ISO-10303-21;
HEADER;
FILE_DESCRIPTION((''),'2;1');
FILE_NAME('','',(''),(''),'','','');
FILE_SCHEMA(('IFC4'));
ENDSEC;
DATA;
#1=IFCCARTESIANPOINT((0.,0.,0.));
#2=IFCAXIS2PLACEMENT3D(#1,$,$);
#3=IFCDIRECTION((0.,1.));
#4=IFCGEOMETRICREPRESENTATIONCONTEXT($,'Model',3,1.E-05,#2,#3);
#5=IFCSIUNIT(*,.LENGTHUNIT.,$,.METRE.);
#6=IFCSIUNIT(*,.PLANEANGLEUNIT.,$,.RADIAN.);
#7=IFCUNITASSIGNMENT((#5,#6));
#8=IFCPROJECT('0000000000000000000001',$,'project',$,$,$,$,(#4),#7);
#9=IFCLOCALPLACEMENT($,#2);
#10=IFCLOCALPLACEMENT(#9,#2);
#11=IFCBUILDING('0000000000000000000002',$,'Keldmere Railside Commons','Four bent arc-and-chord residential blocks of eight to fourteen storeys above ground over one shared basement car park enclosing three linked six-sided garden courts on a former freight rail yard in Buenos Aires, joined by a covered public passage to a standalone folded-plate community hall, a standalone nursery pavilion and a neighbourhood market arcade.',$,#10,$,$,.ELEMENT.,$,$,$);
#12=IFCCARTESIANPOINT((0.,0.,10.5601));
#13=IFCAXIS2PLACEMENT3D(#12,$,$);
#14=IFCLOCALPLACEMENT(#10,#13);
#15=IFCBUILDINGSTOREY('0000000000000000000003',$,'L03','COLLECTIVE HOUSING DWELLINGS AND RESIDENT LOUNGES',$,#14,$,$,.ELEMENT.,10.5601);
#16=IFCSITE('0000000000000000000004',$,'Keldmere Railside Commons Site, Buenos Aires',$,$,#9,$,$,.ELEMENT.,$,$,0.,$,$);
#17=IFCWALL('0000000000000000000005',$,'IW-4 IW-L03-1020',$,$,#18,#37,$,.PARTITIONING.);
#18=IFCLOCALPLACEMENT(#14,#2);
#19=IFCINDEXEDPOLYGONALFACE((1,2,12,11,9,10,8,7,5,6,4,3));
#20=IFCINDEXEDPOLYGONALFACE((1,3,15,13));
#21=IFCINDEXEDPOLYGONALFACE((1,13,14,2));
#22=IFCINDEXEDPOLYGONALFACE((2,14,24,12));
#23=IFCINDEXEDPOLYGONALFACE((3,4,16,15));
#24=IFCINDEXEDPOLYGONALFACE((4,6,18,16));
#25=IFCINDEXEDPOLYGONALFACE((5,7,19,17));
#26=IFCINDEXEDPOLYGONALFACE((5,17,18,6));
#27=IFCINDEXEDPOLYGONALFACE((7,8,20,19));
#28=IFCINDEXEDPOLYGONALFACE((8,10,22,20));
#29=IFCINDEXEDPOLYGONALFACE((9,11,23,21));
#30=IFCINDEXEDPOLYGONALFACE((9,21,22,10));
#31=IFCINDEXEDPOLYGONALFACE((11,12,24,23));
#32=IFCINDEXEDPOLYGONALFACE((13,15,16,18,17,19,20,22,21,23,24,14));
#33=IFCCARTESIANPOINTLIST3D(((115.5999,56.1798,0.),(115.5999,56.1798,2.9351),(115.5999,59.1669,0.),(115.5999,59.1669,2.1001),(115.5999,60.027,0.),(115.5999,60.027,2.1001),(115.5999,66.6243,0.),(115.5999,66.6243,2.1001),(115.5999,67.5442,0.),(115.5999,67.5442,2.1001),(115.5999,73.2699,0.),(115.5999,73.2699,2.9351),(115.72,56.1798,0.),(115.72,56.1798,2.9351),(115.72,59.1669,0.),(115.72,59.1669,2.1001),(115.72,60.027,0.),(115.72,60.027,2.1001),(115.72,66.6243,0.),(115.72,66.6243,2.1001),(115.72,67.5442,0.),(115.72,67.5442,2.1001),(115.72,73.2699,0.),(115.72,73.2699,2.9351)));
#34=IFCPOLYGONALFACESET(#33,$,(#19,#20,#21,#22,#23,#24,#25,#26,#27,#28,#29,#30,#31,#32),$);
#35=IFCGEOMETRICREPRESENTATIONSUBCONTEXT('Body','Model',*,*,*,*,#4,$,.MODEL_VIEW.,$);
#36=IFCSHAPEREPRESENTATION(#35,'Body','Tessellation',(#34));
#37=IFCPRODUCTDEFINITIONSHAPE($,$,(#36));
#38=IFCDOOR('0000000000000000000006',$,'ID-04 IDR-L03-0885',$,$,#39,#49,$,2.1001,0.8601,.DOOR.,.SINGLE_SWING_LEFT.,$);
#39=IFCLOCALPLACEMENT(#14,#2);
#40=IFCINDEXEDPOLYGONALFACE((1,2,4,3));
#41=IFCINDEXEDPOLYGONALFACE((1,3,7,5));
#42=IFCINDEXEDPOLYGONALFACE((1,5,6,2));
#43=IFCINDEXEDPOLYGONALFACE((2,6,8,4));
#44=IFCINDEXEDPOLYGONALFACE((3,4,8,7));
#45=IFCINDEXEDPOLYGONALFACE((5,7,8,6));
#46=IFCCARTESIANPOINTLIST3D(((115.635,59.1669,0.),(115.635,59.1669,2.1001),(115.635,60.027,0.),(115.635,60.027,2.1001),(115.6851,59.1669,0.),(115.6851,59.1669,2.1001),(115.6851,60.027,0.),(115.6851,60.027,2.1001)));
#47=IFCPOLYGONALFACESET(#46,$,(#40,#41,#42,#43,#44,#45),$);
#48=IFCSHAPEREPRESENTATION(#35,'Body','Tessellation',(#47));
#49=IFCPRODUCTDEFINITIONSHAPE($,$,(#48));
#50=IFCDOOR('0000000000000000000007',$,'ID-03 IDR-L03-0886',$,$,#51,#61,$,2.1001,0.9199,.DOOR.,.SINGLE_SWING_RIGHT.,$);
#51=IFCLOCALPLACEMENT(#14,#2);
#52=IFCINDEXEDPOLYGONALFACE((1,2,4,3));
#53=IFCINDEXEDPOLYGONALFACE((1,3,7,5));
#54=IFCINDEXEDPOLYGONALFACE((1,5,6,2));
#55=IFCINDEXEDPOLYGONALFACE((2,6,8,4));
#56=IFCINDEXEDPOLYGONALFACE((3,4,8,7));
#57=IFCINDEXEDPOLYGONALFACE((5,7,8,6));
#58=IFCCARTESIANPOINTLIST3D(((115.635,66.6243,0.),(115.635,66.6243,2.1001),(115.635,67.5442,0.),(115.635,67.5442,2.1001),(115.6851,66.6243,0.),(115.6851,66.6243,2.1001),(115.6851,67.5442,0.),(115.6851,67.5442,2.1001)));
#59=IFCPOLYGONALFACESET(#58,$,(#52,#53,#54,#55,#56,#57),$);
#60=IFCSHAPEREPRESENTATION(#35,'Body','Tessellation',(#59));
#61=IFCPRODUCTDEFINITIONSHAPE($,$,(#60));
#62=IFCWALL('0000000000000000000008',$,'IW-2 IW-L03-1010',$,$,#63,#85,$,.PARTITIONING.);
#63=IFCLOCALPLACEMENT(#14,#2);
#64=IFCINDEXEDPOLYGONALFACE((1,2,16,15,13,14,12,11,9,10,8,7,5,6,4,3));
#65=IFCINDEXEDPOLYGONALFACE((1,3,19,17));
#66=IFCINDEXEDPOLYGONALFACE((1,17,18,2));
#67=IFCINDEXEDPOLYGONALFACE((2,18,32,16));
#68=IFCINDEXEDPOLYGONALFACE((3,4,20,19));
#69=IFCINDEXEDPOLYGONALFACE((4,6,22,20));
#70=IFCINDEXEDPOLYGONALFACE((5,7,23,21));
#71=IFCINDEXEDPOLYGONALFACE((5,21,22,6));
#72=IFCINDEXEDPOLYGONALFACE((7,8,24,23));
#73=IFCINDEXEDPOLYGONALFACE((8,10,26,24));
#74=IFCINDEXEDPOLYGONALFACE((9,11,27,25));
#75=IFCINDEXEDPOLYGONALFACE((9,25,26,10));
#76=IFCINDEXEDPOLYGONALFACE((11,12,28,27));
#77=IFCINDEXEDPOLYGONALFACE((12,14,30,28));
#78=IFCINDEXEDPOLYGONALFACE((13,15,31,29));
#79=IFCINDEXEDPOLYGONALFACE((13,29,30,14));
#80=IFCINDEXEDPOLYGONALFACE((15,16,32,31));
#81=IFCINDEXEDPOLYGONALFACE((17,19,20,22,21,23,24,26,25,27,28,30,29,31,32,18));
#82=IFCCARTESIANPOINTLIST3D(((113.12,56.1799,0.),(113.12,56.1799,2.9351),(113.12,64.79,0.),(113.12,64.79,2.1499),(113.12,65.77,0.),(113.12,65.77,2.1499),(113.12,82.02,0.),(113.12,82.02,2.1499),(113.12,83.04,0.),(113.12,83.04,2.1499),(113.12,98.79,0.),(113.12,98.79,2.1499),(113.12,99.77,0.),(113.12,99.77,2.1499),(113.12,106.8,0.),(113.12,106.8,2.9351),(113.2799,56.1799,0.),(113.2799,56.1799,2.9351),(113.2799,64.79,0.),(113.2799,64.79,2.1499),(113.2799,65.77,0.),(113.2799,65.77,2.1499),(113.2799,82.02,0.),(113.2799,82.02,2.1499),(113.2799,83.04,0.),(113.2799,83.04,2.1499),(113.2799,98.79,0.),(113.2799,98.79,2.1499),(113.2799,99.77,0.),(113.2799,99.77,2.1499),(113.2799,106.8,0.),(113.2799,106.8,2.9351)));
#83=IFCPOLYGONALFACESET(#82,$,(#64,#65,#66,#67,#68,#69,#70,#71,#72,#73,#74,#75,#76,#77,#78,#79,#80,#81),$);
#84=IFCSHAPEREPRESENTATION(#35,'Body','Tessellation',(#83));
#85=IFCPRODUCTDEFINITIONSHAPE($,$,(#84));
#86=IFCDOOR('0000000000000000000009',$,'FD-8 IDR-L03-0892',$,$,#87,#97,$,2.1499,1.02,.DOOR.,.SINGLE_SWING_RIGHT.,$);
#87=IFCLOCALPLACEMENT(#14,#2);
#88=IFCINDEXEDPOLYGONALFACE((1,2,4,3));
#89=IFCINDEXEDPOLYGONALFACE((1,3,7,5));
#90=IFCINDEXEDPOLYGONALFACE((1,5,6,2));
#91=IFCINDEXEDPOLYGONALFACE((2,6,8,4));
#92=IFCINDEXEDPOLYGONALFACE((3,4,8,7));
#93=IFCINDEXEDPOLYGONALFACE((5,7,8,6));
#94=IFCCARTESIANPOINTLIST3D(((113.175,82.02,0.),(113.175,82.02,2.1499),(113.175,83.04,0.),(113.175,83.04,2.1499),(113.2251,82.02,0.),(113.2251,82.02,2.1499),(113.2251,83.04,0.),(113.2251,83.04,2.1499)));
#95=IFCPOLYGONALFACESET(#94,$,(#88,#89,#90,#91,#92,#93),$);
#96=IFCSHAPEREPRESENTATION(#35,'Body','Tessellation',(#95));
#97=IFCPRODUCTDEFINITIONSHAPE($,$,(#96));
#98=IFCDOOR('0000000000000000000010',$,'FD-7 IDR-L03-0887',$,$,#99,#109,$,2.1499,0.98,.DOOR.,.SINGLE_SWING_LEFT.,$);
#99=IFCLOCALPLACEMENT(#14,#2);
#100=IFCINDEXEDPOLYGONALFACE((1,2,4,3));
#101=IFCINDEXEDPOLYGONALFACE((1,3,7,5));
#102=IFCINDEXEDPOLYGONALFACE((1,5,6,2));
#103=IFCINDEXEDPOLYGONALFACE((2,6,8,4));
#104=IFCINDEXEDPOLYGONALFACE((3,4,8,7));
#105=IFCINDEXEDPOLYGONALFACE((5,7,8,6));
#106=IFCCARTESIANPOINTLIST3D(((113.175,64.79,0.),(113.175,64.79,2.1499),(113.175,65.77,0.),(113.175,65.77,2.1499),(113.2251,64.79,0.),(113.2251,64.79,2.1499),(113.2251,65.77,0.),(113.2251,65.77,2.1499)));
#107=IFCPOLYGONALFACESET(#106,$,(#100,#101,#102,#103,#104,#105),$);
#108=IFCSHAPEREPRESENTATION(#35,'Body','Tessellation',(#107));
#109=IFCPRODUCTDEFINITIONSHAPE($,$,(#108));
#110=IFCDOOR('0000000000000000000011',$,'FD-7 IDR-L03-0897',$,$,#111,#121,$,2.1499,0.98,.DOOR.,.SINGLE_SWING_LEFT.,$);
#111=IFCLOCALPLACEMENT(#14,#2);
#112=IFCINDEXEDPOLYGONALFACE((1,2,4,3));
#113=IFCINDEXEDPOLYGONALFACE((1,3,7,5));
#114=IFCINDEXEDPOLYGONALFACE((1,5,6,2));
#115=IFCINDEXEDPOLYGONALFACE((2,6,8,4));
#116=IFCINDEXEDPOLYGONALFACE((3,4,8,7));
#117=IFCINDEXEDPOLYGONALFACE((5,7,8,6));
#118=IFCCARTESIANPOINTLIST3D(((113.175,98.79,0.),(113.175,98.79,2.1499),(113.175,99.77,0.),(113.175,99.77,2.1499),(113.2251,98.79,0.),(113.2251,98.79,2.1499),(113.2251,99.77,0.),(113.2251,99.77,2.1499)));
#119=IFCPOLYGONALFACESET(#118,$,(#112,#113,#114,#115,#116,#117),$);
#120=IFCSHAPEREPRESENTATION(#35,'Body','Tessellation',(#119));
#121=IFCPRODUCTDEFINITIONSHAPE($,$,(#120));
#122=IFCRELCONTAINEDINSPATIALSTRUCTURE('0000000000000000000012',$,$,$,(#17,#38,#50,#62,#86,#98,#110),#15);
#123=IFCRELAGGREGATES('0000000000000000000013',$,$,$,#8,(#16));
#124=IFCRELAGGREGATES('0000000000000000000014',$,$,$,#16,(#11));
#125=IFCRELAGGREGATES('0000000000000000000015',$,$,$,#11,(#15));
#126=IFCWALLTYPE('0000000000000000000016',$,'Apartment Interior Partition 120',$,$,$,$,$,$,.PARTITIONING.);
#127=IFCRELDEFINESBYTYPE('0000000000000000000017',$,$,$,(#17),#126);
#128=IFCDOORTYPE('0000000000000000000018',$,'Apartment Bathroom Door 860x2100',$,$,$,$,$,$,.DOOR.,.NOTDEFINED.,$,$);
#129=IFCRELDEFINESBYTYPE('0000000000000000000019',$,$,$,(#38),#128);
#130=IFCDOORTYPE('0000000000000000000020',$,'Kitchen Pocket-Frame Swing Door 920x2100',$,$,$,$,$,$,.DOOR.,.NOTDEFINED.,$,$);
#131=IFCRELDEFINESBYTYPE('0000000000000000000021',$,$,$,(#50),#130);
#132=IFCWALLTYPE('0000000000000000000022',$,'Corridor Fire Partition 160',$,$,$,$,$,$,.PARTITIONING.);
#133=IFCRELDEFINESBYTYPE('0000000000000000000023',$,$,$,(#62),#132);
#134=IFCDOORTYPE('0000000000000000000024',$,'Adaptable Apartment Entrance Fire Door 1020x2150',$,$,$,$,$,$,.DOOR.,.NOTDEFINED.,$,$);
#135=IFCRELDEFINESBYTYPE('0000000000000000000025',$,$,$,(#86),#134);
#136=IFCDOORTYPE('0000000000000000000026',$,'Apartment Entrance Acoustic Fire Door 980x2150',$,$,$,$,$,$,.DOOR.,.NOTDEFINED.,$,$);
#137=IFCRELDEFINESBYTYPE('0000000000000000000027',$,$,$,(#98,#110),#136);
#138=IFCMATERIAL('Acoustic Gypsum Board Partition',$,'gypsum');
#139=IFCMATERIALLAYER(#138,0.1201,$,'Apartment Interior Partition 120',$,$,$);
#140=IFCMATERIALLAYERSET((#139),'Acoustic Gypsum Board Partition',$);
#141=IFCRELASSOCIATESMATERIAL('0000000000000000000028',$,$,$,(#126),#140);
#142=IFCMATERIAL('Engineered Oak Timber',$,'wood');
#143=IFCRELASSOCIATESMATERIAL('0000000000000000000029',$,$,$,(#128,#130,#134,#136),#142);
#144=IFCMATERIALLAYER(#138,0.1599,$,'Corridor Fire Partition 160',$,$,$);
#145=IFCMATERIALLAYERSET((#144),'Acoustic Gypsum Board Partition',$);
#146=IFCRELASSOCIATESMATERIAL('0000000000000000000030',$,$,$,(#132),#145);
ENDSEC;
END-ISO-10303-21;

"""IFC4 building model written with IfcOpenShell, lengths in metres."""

from ifc_helpers import new_model, si_unit, direction, frame, frame_2d, origin, place, context, subcontext, project, spatial, rectangle, extrude, material, layer, layer_set, type_object, element, fill, save


model = new_model("IFC4")

# Units and contexts
model_context = context("Model", 3, precision=1e-05, world=origin(), true_north=direction((0.0, 1.0)))
body_context = subcontext(model_context, "Body", "Model", "MODEL_VIEW")
ifc_project = project(units=[si_unit("LENGTHUNIT", "METRE"), si_unit("PLANEANGLEUNIT", "RADIAN")], contexts=[model_context])

# Site, building, storey
site_placement = place(None, origin())
site = spatial("IfcSite", under=ifc_project, at=site_placement, Name="Keldmere Railside Commons Site, Buenos Aires", CompositionType="ELEMENT", RefElevation=0.0)
building_placement = place(site_placement, origin())
building = spatial("IfcBuilding", under=site, at=building_placement, Name="Keldmere Railside Commons", Description="Four bent arc-and-chord residential blocks of eight to fourteen storeys above ground over one shared basement car park enclosing three linked six-sided garden courts on a former freight rail yard in Buenos Aires, joined by a covered public passage to a standalone folded-plate community hall, a standalone nursery pavilion and a neighbourhood market arcade.", CompositionType="ELEMENT")
storey_placement = place(building_placement, frame((0.0, 0.0, 10.5601)))
storey = spatial("IfcBuildingStorey", under=building, at=storey_placement, Name="L03", Description="COLLECTIVE HOUSING DWELLINGS AND RESIDENT LOUNGES", CompositionType="ELEMENT", Elevation=10.5601)

# Walls, openings, doors
ifc_material_1 = material(Name="Acoustic Gypsum Board Partition", Category="gypsum")
ifc_layer_1 = layer(ifc_material_1, 0.1201, Name="Apartment Interior Partition 120")
ifc_layer_set_1 = layer_set([ifc_layer_1], Name="Acoustic Gypsum Board Partition")
wall_type_1 = type_object("IfcWallType", Name="Apartment Interior Partition 120", PredefinedType="PARTITIONING", material=ifc_layer_set_1)
wall_1_placement = place(storey_placement, frame((115.6599, 56.1799, 0.0), z_axis=(0.0, 0.0, 1.0), x_axis=(0.0, 1.0, 0.0)))
wall_1 = element("IfcWall", 1, at=wall_1_placement, inside=storey, type_object=wall_type_1, Name="IW-4 IW-L03-1020", PredefinedType="PARTITIONING", context=body_context, shape_type="SweptSolid", body=[
    extrude(rectangle(XDim=17.0901, YDim=0.1201, at=frame_2d((8.5449, 0.0))), origin(), (0.0, 0.0, 1.0), 2.9351),
])
opening_1_placement = place(wall_1_placement, frame((2.9868, 0.0, 0.0)))
opening_1 = element("IfcOpeningElement", 2, at=opening_1_placement, cuts=wall_1, PredefinedType="OPENING", context=body_context, shape_type="SweptSolid", body=[
    extrude(rectangle(XDim=0.8601, YDim=2.1001, at=frame_2d((0.4302, 1.05))), frame((0.0, 0.0701, 0.0), z_axis=(0.0, -1.0, 0.0), x_axis=(1.0, 0.0, 0.0)), (0.0, 0.0, 1.0), 0.1401),
])
opening_2_placement = place(wall_1_placement, frame((10.4443, 0.0, 0.0)))
opening_2 = element("IfcOpeningElement", 3, at=opening_2_placement, cuts=wall_1, PredefinedType="OPENING", context=body_context, shape_type="SweptSolid", body=[
    extrude(rectangle(XDim=0.9199, YDim=2.1001, at=frame_2d((0.46, 1.05))), frame((0.0, 0.0701, 0.0), z_axis=(0.0, -1.0, 0.0), x_axis=(1.0, 0.0, 0.0)), (0.0, 0.0, 1.0), 0.1401),
])
ifc_material_2 = material(Name="Engineered Oak Timber", Category="wood")
door_type_1 = type_object("IfcDoorType", Name="Apartment Bathroom Door 860x2100", OperationType="NOTDEFINED", PredefinedType="DOOR", material=ifc_material_2)
door_1_placement = place(opening_1_placement, origin())
door_1 = element("IfcDoor", 4, at=door_1_placement, inside=storey, type_object=door_type_1, Name="ID-04 IDR-L03-0885", OperationType="SINGLE_SWING_LEFT", OverallHeight=2.1001, OverallWidth=0.8601, PredefinedType="DOOR", context=body_context, shape_type="SweptSolid", body=[
    extrude(rectangle(XDim=0.8601, YDim=2.1001, at=frame_2d((0.4302, 1.05))), frame((0.0, 0.0249, 0.0), z_axis=(0.0, -1.0, 0.0), x_axis=(1.0, 0.0, 0.0)), (0.0, 0.0, 1.0), 0.05),
])
fill(opening_1, door_1)
door_type_2 = type_object("IfcDoorType", Name="Kitchen Pocket-Frame Swing Door 920x2100", OperationType="NOTDEFINED", PredefinedType="DOOR", material=ifc_material_2)
door_2_placement = place(opening_2_placement, origin())
door_2 = element("IfcDoor", 5, at=door_2_placement, inside=storey, type_object=door_type_2, Name="ID-03 IDR-L03-0886", OperationType="SINGLE_SWING_RIGHT", OverallHeight=2.1001, OverallWidth=0.9199, PredefinedType="DOOR", context=body_context, shape_type="SweptSolid", body=[
    extrude(rectangle(XDim=0.9199, YDim=2.1001, at=frame_2d((0.46, 1.05))), frame((0.0, 0.0249, 0.0), z_axis=(0.0, -1.0, 0.0), x_axis=(1.0, 0.0, 0.0)), (0.0, 0.0, 1.0), 0.05),
])
fill(opening_2, door_2)
ifc_layer_2 = layer(ifc_material_1, 0.1599, Name="Corridor Fire Partition 160")
ifc_layer_set_2 = layer_set([ifc_layer_2], Name="Acoustic Gypsum Board Partition")
wall_type_2 = type_object("IfcWallType", Name="Corridor Fire Partition 160", PredefinedType="PARTITIONING", material=ifc_layer_set_2)
wall_2_placement = place(storey_placement, frame((113.2, 56.1799, 0.0), z_axis=(0.0, 0.0, 1.0), x_axis=(0.0, 1.0, 0.0)))
wall_2 = element("IfcWall", 6, at=wall_2_placement, inside=storey, type_object=wall_type_2, Name="IW-2 IW-L03-1010", PredefinedType="PARTITIONING", context=body_context, shape_type="SweptSolid", body=[
    extrude(rectangle(XDim=50.6201, YDim=0.1599, at=frame_2d((25.3101, 0.0))), origin(), (0.0, 0.0, 1.0), 2.9351),
])
opening_3_placement = place(wall_2_placement, frame((8.6101, 0.0, 0.0)))
opening_3 = element("IfcOpeningElement", 7, at=opening_3_placement, cuts=wall_2, PredefinedType="OPENING", context=body_context, shape_type="SweptSolid", body=[
    extrude(rectangle(XDim=0.98, YDim=2.1499, at=frame_2d((0.49, 1.075))), frame((0.0, 0.0898, 0.0), z_axis=(0.0, -1.0, 0.0), x_axis=(1.0, 0.0, 0.0)), (0.0, 0.0, 1.0), 0.1799),
])
opening_4_placement = place(wall_2_placement, frame((25.8401, 0.0, 0.0)))
opening_4 = element("IfcOpeningElement", 8, at=opening_4_placement, cuts=wall_2, PredefinedType="OPENING", context=body_context, shape_type="SweptSolid", body=[
    extrude(rectangle(XDim=1.02, YDim=2.1499, at=frame_2d((0.51, 1.075))), frame((0.0, 0.0898, 0.0), z_axis=(0.0, -1.0, 0.0), x_axis=(1.0, 0.0, 0.0)), (0.0, 0.0, 1.0), 0.1799),
])
opening_5_placement = place(wall_2_placement, frame((42.6101, 0.0, 0.0)))
opening_5 = element("IfcOpeningElement", 9, at=opening_5_placement, cuts=wall_2, PredefinedType="OPENING", context=body_context, shape_type="SweptSolid", body=[
    extrude(rectangle(XDim=0.98, YDim=2.1499, at=frame_2d((0.49, 1.075))), frame((0.0, 0.0898, 0.0), z_axis=(0.0, -1.0, 0.0), x_axis=(1.0, 0.0, 0.0)), (0.0, 0.0, 1.0), 0.1799),
])
door_type_3 = type_object("IfcDoorType", Name="Adaptable Apartment Entrance Fire Door 1020x2150", OperationType="NOTDEFINED", PredefinedType="DOOR", material=ifc_material_2)
door_3_placement = place(opening_4_placement, origin())
door_3 = element("IfcDoor", 10, at=door_3_placement, inside=storey, type_object=door_type_3, Name="FD-8 IDR-L03-0892", OperationType="SINGLE_SWING_RIGHT", OverallHeight=2.1499, OverallWidth=1.02, PredefinedType="DOOR", context=body_context, shape_type="SweptSolid", body=[
    extrude(rectangle(XDim=1.02, YDim=2.1499, at=frame_2d((0.51, 1.075))), frame((0.0, 0.0249, 0.0), z_axis=(0.0, -1.0, 0.0), x_axis=(1.0, 0.0, 0.0)), (0.0, 0.0, 1.0), 0.05),
])
fill(opening_4, door_3)
door_type_4 = type_object("IfcDoorType", Name="Apartment Entrance Acoustic Fire Door 980x2150", OperationType="NOTDEFINED", PredefinedType="DOOR", material=ifc_material_2)
door_4_placement = place(opening_3_placement, origin())
door_4 = element("IfcDoor", 11, at=door_4_placement, inside=storey, type_object=door_type_4, Name="FD-7 IDR-L03-0887", OperationType="SINGLE_SWING_LEFT", OverallHeight=2.1499, OverallWidth=0.98, PredefinedType="DOOR", context=body_context, shape_type="SweptSolid", body=[
    extrude(rectangle(XDim=0.98, YDim=2.1499, at=frame_2d((0.49, 1.075))), frame((0.0, 0.0249, 0.0), z_axis=(0.0, -1.0, 0.0), x_axis=(1.0, 0.0, 0.0)), (0.0, 0.0, 1.0), 0.05),
])
fill(opening_3, door_4)
door_5_placement = place(opening_5_placement, origin())
door_5 = element("IfcDoor", 12, at=door_5_placement, inside=storey, type_object=door_type_4, Name="FD-7 IDR-L03-0897", OperationType="SINGLE_SWING_LEFT", OverallHeight=2.1499, OverallWidth=0.98, PredefinedType="DOOR", context=body_context, shape_type="SweptSolid", body=[
    extrude(rectangle(XDim=0.98, YDim=2.1499, at=frame_2d((0.49, 1.075))), frame((0.0, 0.0249, 0.0), z_axis=(0.0, -1.0, 0.0), x_axis=(1.0, 0.0, 0.0)), (0.0, 0.0, 1.0), 0.05),
])
fill(opening_5, door_5)

save(model, "model.ifc")
